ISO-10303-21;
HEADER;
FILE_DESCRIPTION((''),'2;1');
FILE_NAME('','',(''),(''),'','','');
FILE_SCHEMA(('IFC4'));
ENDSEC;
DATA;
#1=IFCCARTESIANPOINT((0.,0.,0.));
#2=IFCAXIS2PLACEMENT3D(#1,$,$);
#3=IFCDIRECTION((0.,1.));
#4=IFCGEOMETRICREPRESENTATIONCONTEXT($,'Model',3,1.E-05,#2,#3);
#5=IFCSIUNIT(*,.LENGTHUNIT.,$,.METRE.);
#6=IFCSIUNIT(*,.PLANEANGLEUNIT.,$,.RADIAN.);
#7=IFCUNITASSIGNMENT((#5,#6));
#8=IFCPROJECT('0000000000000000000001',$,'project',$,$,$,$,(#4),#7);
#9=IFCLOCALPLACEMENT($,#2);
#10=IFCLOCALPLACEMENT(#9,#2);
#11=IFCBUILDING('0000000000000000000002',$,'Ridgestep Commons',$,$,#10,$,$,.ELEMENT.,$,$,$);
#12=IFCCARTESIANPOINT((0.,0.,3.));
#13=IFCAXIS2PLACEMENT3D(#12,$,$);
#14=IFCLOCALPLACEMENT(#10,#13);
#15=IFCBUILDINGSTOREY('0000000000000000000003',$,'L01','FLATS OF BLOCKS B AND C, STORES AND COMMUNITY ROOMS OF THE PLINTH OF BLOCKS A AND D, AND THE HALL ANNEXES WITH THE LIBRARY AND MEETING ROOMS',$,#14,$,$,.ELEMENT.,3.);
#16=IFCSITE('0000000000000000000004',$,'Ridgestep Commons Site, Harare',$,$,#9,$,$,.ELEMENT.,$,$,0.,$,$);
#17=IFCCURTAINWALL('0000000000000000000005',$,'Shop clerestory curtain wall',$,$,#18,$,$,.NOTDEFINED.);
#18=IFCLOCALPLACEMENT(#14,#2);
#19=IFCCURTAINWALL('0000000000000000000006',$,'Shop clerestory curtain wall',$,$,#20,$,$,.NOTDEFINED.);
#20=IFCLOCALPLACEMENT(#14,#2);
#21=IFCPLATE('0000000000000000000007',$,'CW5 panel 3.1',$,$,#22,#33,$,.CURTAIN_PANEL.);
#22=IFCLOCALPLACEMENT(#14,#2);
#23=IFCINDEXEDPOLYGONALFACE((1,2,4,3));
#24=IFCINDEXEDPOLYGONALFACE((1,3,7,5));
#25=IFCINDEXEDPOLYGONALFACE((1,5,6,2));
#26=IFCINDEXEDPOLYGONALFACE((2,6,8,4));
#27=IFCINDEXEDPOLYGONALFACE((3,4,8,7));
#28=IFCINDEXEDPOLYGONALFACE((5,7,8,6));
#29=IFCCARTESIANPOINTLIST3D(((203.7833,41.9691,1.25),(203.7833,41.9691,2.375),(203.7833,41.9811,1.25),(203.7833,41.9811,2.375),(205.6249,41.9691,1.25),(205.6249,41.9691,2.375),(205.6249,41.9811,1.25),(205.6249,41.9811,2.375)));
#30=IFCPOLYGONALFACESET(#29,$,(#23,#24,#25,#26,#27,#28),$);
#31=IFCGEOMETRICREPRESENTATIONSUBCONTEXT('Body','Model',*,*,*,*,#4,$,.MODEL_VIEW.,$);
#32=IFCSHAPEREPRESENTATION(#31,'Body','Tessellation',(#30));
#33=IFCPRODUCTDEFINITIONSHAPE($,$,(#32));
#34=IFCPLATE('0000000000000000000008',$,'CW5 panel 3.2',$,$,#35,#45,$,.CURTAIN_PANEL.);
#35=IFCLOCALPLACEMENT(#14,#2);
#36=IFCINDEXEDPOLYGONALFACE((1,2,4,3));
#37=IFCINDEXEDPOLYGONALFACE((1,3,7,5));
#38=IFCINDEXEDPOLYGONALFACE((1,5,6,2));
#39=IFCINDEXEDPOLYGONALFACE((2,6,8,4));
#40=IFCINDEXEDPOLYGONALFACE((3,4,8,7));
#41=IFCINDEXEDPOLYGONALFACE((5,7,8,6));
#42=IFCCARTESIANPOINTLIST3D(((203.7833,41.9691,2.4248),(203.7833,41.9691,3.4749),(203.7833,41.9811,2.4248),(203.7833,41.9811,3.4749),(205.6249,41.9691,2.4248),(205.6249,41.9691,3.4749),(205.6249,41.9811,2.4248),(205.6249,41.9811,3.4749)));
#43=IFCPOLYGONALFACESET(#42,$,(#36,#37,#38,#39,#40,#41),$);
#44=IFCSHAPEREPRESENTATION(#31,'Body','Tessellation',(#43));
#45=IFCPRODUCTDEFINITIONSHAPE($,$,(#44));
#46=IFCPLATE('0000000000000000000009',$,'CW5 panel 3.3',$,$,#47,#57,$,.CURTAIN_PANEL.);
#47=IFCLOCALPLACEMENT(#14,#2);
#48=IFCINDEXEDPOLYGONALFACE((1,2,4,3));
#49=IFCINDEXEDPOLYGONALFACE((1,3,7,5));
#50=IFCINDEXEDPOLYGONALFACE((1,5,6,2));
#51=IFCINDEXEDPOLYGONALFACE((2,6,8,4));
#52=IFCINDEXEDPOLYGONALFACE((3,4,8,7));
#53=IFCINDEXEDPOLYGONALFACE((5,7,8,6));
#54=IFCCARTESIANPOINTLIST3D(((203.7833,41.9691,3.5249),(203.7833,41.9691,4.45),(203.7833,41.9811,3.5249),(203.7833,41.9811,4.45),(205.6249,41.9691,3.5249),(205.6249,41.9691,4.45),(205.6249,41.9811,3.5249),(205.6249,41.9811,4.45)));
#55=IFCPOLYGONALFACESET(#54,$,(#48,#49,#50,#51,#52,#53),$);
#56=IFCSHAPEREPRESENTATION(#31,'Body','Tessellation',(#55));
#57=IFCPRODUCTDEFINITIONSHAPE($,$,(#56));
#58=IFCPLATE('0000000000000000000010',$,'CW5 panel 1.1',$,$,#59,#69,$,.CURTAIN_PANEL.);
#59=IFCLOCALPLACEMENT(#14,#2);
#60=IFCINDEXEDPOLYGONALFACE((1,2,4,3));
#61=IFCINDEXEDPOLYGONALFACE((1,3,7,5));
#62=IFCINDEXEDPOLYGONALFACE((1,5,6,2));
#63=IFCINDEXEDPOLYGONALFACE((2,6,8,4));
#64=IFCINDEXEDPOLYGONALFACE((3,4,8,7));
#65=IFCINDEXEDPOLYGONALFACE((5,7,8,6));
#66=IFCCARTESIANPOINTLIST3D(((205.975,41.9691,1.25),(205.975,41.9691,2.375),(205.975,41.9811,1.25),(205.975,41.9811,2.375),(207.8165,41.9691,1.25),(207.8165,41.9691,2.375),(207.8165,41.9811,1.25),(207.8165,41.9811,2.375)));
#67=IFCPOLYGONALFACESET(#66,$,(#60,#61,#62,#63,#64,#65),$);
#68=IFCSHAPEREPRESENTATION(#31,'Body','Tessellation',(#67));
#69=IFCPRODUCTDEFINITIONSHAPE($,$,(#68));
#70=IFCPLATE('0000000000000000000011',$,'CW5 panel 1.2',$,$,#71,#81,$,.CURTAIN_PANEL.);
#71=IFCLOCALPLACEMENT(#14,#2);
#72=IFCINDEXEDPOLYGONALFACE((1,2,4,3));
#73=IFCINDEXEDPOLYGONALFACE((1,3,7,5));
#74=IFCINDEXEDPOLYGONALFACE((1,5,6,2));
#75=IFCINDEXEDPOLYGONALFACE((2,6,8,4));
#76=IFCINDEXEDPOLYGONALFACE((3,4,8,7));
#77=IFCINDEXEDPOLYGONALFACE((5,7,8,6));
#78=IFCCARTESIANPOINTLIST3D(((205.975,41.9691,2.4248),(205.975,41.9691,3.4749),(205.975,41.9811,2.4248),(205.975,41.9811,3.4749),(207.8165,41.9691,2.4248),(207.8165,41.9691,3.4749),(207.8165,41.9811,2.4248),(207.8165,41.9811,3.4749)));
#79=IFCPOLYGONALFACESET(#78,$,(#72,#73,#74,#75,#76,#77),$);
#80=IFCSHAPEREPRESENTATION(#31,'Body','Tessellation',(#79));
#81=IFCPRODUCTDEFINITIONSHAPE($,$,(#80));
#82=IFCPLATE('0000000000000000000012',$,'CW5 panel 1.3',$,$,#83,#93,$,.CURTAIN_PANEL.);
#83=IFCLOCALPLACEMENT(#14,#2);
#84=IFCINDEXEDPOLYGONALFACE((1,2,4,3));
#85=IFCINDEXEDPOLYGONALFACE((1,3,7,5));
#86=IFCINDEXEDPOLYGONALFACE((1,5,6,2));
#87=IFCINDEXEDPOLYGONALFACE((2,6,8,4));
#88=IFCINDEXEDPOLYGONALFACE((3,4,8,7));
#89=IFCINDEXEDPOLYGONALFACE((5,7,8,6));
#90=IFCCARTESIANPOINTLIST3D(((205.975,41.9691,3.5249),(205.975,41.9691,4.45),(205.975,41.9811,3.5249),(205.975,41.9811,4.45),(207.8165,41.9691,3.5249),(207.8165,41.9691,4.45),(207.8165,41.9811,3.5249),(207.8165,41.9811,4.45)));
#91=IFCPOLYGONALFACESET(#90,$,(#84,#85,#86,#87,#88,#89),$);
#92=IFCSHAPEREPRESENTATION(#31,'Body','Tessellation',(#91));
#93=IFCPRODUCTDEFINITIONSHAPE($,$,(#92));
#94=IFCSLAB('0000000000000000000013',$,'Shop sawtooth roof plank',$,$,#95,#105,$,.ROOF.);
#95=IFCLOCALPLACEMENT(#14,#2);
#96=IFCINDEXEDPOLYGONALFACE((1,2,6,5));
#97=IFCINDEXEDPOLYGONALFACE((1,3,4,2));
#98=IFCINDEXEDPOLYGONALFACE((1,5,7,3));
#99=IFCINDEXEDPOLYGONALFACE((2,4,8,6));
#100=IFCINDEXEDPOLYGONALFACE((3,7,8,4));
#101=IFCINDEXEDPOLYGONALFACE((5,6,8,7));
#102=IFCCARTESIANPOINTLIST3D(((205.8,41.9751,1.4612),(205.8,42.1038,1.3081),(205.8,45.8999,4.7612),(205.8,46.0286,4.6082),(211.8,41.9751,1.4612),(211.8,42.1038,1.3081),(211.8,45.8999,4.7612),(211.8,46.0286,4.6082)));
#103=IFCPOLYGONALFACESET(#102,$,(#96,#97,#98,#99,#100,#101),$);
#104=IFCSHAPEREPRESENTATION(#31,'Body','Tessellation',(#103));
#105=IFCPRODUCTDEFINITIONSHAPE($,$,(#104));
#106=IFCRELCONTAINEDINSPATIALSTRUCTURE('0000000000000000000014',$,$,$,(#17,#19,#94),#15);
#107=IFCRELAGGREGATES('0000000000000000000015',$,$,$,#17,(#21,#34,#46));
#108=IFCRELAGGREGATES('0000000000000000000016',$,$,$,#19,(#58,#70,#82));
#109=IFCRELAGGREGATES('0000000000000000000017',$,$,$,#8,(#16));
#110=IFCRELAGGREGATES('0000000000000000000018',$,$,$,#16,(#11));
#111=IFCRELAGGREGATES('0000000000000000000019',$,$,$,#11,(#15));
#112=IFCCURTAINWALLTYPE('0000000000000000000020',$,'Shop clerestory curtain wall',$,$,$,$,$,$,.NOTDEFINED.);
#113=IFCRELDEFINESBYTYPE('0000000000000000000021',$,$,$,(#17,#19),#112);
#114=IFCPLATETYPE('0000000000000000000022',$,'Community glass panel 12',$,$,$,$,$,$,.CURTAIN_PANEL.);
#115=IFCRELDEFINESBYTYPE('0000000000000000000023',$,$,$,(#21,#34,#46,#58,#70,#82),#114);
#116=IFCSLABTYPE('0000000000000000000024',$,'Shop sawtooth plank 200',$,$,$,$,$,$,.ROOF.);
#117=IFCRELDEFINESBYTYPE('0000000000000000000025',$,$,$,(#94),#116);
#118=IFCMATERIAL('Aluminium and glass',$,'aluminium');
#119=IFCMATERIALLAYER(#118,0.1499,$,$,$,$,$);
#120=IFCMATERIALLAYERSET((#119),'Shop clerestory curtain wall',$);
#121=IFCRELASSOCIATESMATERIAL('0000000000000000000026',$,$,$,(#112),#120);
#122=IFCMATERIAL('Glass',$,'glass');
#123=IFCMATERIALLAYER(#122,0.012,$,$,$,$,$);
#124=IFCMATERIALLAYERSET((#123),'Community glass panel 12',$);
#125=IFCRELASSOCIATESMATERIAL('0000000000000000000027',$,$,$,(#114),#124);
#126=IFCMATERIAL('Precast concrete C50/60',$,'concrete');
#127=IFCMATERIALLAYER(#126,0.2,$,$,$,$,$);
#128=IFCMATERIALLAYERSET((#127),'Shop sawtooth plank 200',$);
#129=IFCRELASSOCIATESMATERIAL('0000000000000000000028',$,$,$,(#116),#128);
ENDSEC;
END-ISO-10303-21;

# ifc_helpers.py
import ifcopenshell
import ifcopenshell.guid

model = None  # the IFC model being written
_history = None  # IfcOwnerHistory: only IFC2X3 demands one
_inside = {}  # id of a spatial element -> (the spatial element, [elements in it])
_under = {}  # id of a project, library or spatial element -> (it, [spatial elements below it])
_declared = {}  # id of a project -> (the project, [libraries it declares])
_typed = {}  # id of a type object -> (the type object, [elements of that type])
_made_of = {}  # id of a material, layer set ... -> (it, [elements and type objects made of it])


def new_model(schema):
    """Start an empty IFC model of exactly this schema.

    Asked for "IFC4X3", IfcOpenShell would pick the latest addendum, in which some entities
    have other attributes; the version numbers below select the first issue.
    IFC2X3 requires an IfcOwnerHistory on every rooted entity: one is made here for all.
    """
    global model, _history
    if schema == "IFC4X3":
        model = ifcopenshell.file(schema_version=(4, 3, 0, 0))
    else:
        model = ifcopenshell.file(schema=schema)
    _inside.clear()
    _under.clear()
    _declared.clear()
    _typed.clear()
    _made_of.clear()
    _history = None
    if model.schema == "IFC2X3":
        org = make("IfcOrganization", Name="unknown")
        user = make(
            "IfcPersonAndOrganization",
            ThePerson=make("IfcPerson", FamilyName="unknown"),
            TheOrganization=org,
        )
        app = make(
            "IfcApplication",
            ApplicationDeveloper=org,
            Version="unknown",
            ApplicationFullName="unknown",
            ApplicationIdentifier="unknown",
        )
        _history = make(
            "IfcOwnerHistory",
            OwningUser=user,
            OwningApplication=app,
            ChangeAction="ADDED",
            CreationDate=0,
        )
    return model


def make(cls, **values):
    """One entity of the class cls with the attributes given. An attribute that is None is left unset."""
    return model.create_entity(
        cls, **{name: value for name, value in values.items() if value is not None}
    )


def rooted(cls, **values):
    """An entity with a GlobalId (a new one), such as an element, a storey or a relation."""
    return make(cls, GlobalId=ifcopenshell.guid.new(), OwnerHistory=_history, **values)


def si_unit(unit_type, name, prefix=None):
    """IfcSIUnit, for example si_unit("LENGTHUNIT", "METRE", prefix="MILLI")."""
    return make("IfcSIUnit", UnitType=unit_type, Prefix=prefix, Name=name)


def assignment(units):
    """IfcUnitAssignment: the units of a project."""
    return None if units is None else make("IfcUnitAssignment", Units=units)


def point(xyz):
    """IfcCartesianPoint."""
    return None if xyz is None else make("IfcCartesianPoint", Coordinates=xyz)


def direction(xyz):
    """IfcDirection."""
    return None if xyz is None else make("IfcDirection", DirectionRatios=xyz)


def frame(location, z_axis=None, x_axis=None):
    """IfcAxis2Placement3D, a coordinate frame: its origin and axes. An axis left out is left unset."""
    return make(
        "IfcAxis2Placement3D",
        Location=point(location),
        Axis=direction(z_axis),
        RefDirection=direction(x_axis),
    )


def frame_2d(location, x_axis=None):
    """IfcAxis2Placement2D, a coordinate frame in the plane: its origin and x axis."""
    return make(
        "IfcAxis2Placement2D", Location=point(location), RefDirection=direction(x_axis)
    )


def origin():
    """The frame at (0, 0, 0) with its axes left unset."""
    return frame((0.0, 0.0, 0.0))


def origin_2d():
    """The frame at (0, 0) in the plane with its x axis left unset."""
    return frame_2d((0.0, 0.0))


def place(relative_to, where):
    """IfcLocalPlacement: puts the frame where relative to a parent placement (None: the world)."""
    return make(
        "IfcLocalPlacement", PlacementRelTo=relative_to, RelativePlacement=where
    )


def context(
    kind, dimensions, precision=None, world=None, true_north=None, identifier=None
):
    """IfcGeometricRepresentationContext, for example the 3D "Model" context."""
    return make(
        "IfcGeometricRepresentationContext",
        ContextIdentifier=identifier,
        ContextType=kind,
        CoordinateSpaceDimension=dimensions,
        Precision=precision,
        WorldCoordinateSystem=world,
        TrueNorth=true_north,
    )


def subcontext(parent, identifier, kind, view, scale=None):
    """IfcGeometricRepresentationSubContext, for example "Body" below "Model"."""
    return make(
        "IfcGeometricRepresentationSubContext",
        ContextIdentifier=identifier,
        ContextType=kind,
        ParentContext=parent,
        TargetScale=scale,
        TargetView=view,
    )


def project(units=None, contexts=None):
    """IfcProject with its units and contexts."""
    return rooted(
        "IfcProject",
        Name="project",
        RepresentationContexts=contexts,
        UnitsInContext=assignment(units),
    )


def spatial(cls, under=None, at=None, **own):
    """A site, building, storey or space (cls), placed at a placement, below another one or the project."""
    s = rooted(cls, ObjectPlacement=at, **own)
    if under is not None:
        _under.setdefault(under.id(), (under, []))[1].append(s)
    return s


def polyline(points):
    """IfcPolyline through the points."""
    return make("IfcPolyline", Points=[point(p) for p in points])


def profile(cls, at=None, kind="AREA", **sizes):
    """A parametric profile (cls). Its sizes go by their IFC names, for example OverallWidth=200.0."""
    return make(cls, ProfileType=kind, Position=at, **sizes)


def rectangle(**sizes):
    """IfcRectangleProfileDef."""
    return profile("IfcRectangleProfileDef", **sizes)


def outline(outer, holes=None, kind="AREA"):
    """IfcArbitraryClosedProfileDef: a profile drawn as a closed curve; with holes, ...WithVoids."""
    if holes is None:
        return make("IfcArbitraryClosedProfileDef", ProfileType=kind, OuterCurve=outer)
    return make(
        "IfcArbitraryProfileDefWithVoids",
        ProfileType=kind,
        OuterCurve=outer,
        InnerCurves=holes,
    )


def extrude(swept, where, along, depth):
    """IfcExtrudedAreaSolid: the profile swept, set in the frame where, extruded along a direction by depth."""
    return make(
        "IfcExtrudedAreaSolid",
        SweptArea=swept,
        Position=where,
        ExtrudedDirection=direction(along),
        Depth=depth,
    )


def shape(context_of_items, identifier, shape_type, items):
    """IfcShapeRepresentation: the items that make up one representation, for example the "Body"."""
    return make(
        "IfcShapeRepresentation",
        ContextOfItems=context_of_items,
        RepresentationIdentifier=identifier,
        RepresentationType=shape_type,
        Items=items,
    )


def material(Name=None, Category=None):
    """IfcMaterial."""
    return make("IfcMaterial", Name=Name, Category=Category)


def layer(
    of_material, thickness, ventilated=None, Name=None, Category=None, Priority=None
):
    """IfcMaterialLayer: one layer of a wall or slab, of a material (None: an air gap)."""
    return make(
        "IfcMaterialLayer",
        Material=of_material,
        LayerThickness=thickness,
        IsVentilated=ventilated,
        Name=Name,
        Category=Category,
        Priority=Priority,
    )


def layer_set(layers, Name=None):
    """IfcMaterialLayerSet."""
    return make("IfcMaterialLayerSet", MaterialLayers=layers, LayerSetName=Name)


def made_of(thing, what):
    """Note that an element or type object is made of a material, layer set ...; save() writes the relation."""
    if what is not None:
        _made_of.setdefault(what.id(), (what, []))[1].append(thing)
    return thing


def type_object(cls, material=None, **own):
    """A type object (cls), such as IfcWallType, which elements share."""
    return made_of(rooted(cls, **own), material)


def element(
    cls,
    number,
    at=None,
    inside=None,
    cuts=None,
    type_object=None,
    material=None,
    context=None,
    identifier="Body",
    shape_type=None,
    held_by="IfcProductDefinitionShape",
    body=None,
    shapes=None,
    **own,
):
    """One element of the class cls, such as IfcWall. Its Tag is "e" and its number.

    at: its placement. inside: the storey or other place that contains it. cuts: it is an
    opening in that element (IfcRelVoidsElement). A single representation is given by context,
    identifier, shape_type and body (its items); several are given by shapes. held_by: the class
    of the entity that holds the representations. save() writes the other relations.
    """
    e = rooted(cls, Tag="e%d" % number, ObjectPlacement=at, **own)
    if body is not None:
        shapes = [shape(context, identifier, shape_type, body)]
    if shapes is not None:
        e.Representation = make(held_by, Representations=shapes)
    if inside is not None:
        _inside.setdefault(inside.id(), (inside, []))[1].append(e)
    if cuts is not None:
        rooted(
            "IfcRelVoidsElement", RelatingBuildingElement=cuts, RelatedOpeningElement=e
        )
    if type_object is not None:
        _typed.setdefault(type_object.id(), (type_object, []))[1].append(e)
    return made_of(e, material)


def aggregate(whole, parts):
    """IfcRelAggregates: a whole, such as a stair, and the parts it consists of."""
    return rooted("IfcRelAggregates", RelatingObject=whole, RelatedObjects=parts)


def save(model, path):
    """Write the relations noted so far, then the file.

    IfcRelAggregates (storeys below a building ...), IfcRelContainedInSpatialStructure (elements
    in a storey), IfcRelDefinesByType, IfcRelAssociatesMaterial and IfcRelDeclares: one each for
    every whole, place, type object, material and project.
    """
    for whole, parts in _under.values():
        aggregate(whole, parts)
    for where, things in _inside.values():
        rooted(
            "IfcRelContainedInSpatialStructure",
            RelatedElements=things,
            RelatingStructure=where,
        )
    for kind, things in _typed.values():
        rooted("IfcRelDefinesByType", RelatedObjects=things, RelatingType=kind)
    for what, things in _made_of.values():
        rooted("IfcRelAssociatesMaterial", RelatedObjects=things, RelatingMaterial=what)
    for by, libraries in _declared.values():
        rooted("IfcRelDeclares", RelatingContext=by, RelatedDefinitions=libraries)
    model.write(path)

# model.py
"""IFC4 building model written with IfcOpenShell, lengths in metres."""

from ifc_helpers import new_model, si_unit, direction, frame, origin, origin_2d, place, context, subcontext, project, spatial, polyline, rectangle, outline, extrude, material, layer, layer_set, type_object, element, aggregate, save


model = new_model("IFC4")

# Units and contexts
model_context = context("Model", 3, precision=1e-05, world=origin(), true_north=direction((0.0, 1.0)))
body_context = subcontext(model_context, "Body", "Model", "MODEL_VIEW")
ifc_project = project(units=[si_unit("LENGTHUNIT", "METRE"), si_unit("PLANEANGLEUNIT", "RADIAN")], contexts=[model_context])

# Site, building, storey
site_placement = place(None, origin())
site = spatial("IfcSite", under=ifc_project, at=site_placement, Name="Ridgestep Commons Site, Harare", CompositionType="ELEMENT", RefElevation=0.0)
building_placement = place(site_placement, origin())
building = spatial("IfcBuilding", under=site, at=building_placement, Name="Ridgestep Commons", CompositionType="ELEMENT")
storey_placement = place(building_placement, frame((0.0, 0.0, 3.0)))
storey = spatial("IfcBuildingStorey", under=building, at=storey_placement, Name="L01", Description="FLATS OF BLOCKS B AND C, STORES AND COMMUNITY ROOMS OF THE PLINTH OF BLOCKS A AND D, AND THE HALL ANNEXES WITH THE LIBRARY AND MEETING ROOMS", CompositionType="ELEMENT", Elevation=3.0)

# Curtain wall
ifc_material_1 = material(Name="Aluminium and glass", Category="aluminium")
ifc_layer_1 = layer(ifc_material_1, 0.1499)
ifc_layer_set_1 = layer_set([ifc_layer_1], Name="Shop clerestory curtain wall")
curtain_wall_type = type_object("IfcCurtainWallType", Name="Shop clerestory curtain wall", PredefinedType="NOTDEFINED", material=ifc_layer_set_1)
curtain_wall_1_placement = place(storey_placement, origin())
curtain_wall_1 = element("IfcCurtainWall", 1, at=curtain_wall_1_placement, inside=storey, type_object=curtain_wall_type, Name="Shop clerestory curtain wall", PredefinedType="NOTDEFINED")

# Curtain wall
curtain_wall_2_placement = place(storey_placement, origin())
curtain_wall_2 = element("IfcCurtainWall", 2, at=curtain_wall_2_placement, inside=storey, type_object=curtain_wall_type, Name="Shop clerestory curtain wall", PredefinedType="NOTDEFINED")

# Plates
ifc_material_2 = material(Name="Glass", Category="glass")
ifc_layer_2 = layer(ifc_material_2, 0.012)
ifc_layer_set_2 = layer_set([ifc_layer_2], Name="Community glass panel 12")
plate_type = type_object("IfcPlateType", Name="Community glass panel 12", PredefinedType="CURTAIN_PANEL", material=ifc_layer_set_2)
plate_1_placement = place(storey_placement, frame((204.7041, 41.9751, 1.25), z_axis=(0.0, 0.0, 1.0), x_axis=(1.0, 0.0, 0.0)))
plate_1 = element("IfcPlate", 3, at=plate_1_placement, type_object=plate_type, Name="CW5 panel 3.1", PredefinedType="CURTAIN_PANEL", context=body_context, shape_type="SweptSolid", body=[
    extrude(rectangle(XDim=1.8416, YDim=0.012, at=origin_2d()), origin(), (0.0, 0.0, 1.0), 1.125),
])
plate_2_placement = place(storey_placement, frame((204.7041, 41.9751, 2.4248), z_axis=(0.0, 0.0, 1.0), x_axis=(1.0, 0.0, 0.0)))
plate_2 = element("IfcPlate", 4, at=plate_2_placement, type_object=plate_type, Name="CW5 panel 3.2", PredefinedType="CURTAIN_PANEL", context=body_context, shape_type="SweptSolid", body=[
    extrude(rectangle(XDim=1.8416, YDim=0.012, at=origin_2d()), origin(), (0.0, 0.0, 1.0), 1.05),
])
plate_3_placement = place(storey_placement, frame((204.7041, 41.9751, 3.5249), z_axis=(0.0, 0.0, 1.0), x_axis=(1.0, 0.0, 0.0)))
plate_3 = element("IfcPlate", 5, at=plate_3_placement, type_object=plate_type, Name="CW5 panel 3.3", PredefinedType="CURTAIN_PANEL", context=body_context, shape_type="SweptSolid", body=[
    extrude(rectangle(XDim=1.8416, YDim=0.012, at=origin_2d()), origin(), (0.0, 0.0, 1.0), 0.925),
])
aggregate(curtain_wall_1, [plate_1, plate_2, plate_3])
plate_4_placement = place(storey_placement, frame((206.8958, 41.9751, 1.25), z_axis=(0.0, 0.0, 1.0), x_axis=(1.0, 0.0, 0.0)))
plate_4 = element("IfcPlate", 6, at=plate_4_placement, type_object=plate_type, Name="CW5 panel 1.1", PredefinedType="CURTAIN_PANEL", context=body_context, shape_type="SweptSolid", body=[
    extrude(rectangle(XDim=1.8416, YDim=0.012, at=origin_2d()), origin(), (0.0, 0.0, 1.0), 1.125),
])
plate_5_placement = place(storey_placement, frame((206.8958, 41.9751, 2.4248), z_axis=(0.0, 0.0, 1.0), x_axis=(1.0, 0.0, 0.0)))
plate_5 = element("IfcPlate", 7, at=plate_5_placement, type_object=plate_type, Name="CW5 panel 1.2", PredefinedType="CURTAIN_PANEL", context=body_context, shape_type="SweptSolid", body=[
    extrude(rectangle(XDim=1.8416, YDim=0.012, at=origin_2d()), origin(), (0.0, 0.0, 1.0), 1.05),
])
plate_6_placement = place(storey_placement, frame((206.8958, 41.9751, 3.5249), z_axis=(0.0, 0.0, 1.0), x_axis=(1.0, 0.0, 0.0)))
plate_6 = element("IfcPlate", 8, at=plate_6_placement, type_object=plate_type, Name="CW5 panel 1.3", PredefinedType="CURTAIN_PANEL", context=body_context, shape_type="SweptSolid", body=[
    extrude(rectangle(XDim=1.8416, YDim=0.012, at=origin_2d()), origin(), (0.0, 0.0, 1.0), 0.925),
])
aggregate(curtain_wall_2, [plate_4, plate_5, plate_6])

# Slab
ifc_material_3 = material(Name="Precast concrete C50/60", Category="concrete")
ifc_layer_3 = layer(ifc_material_3, 0.2)
ifc_layer_set_3 = layer_set([ifc_layer_3], Name="Shop sawtooth plank 200")
slab_type = type_object("IfcSlabType", Name="Shop sawtooth plank 200", PredefinedType="ROOF", material=ifc_layer_set_3)
slab_placement = place(storey_placement, frame((205.8, 41.9751, 1.4612), z_axis=(0.0, -0.643559, 0.765396), x_axis=(1.0, 0.0, 0.0)))
element("IfcSlab", 9, at=slab_placement, inside=storey, type_object=slab_type, Name="Shop sawtooth roof plank", PredefinedType="ROOF", context=body_context, shape_type="SweptSolid", body=[
    extrude(outline(polyline([(0.0, 0.0), (6.0, 0.0), (6.0, 5.1278), (0.0, 5.1278), (0.0, 0.0)])), origin(), (0.0, 0.0, -1.0), 0.2),
])

save(model, "model.ifc")
